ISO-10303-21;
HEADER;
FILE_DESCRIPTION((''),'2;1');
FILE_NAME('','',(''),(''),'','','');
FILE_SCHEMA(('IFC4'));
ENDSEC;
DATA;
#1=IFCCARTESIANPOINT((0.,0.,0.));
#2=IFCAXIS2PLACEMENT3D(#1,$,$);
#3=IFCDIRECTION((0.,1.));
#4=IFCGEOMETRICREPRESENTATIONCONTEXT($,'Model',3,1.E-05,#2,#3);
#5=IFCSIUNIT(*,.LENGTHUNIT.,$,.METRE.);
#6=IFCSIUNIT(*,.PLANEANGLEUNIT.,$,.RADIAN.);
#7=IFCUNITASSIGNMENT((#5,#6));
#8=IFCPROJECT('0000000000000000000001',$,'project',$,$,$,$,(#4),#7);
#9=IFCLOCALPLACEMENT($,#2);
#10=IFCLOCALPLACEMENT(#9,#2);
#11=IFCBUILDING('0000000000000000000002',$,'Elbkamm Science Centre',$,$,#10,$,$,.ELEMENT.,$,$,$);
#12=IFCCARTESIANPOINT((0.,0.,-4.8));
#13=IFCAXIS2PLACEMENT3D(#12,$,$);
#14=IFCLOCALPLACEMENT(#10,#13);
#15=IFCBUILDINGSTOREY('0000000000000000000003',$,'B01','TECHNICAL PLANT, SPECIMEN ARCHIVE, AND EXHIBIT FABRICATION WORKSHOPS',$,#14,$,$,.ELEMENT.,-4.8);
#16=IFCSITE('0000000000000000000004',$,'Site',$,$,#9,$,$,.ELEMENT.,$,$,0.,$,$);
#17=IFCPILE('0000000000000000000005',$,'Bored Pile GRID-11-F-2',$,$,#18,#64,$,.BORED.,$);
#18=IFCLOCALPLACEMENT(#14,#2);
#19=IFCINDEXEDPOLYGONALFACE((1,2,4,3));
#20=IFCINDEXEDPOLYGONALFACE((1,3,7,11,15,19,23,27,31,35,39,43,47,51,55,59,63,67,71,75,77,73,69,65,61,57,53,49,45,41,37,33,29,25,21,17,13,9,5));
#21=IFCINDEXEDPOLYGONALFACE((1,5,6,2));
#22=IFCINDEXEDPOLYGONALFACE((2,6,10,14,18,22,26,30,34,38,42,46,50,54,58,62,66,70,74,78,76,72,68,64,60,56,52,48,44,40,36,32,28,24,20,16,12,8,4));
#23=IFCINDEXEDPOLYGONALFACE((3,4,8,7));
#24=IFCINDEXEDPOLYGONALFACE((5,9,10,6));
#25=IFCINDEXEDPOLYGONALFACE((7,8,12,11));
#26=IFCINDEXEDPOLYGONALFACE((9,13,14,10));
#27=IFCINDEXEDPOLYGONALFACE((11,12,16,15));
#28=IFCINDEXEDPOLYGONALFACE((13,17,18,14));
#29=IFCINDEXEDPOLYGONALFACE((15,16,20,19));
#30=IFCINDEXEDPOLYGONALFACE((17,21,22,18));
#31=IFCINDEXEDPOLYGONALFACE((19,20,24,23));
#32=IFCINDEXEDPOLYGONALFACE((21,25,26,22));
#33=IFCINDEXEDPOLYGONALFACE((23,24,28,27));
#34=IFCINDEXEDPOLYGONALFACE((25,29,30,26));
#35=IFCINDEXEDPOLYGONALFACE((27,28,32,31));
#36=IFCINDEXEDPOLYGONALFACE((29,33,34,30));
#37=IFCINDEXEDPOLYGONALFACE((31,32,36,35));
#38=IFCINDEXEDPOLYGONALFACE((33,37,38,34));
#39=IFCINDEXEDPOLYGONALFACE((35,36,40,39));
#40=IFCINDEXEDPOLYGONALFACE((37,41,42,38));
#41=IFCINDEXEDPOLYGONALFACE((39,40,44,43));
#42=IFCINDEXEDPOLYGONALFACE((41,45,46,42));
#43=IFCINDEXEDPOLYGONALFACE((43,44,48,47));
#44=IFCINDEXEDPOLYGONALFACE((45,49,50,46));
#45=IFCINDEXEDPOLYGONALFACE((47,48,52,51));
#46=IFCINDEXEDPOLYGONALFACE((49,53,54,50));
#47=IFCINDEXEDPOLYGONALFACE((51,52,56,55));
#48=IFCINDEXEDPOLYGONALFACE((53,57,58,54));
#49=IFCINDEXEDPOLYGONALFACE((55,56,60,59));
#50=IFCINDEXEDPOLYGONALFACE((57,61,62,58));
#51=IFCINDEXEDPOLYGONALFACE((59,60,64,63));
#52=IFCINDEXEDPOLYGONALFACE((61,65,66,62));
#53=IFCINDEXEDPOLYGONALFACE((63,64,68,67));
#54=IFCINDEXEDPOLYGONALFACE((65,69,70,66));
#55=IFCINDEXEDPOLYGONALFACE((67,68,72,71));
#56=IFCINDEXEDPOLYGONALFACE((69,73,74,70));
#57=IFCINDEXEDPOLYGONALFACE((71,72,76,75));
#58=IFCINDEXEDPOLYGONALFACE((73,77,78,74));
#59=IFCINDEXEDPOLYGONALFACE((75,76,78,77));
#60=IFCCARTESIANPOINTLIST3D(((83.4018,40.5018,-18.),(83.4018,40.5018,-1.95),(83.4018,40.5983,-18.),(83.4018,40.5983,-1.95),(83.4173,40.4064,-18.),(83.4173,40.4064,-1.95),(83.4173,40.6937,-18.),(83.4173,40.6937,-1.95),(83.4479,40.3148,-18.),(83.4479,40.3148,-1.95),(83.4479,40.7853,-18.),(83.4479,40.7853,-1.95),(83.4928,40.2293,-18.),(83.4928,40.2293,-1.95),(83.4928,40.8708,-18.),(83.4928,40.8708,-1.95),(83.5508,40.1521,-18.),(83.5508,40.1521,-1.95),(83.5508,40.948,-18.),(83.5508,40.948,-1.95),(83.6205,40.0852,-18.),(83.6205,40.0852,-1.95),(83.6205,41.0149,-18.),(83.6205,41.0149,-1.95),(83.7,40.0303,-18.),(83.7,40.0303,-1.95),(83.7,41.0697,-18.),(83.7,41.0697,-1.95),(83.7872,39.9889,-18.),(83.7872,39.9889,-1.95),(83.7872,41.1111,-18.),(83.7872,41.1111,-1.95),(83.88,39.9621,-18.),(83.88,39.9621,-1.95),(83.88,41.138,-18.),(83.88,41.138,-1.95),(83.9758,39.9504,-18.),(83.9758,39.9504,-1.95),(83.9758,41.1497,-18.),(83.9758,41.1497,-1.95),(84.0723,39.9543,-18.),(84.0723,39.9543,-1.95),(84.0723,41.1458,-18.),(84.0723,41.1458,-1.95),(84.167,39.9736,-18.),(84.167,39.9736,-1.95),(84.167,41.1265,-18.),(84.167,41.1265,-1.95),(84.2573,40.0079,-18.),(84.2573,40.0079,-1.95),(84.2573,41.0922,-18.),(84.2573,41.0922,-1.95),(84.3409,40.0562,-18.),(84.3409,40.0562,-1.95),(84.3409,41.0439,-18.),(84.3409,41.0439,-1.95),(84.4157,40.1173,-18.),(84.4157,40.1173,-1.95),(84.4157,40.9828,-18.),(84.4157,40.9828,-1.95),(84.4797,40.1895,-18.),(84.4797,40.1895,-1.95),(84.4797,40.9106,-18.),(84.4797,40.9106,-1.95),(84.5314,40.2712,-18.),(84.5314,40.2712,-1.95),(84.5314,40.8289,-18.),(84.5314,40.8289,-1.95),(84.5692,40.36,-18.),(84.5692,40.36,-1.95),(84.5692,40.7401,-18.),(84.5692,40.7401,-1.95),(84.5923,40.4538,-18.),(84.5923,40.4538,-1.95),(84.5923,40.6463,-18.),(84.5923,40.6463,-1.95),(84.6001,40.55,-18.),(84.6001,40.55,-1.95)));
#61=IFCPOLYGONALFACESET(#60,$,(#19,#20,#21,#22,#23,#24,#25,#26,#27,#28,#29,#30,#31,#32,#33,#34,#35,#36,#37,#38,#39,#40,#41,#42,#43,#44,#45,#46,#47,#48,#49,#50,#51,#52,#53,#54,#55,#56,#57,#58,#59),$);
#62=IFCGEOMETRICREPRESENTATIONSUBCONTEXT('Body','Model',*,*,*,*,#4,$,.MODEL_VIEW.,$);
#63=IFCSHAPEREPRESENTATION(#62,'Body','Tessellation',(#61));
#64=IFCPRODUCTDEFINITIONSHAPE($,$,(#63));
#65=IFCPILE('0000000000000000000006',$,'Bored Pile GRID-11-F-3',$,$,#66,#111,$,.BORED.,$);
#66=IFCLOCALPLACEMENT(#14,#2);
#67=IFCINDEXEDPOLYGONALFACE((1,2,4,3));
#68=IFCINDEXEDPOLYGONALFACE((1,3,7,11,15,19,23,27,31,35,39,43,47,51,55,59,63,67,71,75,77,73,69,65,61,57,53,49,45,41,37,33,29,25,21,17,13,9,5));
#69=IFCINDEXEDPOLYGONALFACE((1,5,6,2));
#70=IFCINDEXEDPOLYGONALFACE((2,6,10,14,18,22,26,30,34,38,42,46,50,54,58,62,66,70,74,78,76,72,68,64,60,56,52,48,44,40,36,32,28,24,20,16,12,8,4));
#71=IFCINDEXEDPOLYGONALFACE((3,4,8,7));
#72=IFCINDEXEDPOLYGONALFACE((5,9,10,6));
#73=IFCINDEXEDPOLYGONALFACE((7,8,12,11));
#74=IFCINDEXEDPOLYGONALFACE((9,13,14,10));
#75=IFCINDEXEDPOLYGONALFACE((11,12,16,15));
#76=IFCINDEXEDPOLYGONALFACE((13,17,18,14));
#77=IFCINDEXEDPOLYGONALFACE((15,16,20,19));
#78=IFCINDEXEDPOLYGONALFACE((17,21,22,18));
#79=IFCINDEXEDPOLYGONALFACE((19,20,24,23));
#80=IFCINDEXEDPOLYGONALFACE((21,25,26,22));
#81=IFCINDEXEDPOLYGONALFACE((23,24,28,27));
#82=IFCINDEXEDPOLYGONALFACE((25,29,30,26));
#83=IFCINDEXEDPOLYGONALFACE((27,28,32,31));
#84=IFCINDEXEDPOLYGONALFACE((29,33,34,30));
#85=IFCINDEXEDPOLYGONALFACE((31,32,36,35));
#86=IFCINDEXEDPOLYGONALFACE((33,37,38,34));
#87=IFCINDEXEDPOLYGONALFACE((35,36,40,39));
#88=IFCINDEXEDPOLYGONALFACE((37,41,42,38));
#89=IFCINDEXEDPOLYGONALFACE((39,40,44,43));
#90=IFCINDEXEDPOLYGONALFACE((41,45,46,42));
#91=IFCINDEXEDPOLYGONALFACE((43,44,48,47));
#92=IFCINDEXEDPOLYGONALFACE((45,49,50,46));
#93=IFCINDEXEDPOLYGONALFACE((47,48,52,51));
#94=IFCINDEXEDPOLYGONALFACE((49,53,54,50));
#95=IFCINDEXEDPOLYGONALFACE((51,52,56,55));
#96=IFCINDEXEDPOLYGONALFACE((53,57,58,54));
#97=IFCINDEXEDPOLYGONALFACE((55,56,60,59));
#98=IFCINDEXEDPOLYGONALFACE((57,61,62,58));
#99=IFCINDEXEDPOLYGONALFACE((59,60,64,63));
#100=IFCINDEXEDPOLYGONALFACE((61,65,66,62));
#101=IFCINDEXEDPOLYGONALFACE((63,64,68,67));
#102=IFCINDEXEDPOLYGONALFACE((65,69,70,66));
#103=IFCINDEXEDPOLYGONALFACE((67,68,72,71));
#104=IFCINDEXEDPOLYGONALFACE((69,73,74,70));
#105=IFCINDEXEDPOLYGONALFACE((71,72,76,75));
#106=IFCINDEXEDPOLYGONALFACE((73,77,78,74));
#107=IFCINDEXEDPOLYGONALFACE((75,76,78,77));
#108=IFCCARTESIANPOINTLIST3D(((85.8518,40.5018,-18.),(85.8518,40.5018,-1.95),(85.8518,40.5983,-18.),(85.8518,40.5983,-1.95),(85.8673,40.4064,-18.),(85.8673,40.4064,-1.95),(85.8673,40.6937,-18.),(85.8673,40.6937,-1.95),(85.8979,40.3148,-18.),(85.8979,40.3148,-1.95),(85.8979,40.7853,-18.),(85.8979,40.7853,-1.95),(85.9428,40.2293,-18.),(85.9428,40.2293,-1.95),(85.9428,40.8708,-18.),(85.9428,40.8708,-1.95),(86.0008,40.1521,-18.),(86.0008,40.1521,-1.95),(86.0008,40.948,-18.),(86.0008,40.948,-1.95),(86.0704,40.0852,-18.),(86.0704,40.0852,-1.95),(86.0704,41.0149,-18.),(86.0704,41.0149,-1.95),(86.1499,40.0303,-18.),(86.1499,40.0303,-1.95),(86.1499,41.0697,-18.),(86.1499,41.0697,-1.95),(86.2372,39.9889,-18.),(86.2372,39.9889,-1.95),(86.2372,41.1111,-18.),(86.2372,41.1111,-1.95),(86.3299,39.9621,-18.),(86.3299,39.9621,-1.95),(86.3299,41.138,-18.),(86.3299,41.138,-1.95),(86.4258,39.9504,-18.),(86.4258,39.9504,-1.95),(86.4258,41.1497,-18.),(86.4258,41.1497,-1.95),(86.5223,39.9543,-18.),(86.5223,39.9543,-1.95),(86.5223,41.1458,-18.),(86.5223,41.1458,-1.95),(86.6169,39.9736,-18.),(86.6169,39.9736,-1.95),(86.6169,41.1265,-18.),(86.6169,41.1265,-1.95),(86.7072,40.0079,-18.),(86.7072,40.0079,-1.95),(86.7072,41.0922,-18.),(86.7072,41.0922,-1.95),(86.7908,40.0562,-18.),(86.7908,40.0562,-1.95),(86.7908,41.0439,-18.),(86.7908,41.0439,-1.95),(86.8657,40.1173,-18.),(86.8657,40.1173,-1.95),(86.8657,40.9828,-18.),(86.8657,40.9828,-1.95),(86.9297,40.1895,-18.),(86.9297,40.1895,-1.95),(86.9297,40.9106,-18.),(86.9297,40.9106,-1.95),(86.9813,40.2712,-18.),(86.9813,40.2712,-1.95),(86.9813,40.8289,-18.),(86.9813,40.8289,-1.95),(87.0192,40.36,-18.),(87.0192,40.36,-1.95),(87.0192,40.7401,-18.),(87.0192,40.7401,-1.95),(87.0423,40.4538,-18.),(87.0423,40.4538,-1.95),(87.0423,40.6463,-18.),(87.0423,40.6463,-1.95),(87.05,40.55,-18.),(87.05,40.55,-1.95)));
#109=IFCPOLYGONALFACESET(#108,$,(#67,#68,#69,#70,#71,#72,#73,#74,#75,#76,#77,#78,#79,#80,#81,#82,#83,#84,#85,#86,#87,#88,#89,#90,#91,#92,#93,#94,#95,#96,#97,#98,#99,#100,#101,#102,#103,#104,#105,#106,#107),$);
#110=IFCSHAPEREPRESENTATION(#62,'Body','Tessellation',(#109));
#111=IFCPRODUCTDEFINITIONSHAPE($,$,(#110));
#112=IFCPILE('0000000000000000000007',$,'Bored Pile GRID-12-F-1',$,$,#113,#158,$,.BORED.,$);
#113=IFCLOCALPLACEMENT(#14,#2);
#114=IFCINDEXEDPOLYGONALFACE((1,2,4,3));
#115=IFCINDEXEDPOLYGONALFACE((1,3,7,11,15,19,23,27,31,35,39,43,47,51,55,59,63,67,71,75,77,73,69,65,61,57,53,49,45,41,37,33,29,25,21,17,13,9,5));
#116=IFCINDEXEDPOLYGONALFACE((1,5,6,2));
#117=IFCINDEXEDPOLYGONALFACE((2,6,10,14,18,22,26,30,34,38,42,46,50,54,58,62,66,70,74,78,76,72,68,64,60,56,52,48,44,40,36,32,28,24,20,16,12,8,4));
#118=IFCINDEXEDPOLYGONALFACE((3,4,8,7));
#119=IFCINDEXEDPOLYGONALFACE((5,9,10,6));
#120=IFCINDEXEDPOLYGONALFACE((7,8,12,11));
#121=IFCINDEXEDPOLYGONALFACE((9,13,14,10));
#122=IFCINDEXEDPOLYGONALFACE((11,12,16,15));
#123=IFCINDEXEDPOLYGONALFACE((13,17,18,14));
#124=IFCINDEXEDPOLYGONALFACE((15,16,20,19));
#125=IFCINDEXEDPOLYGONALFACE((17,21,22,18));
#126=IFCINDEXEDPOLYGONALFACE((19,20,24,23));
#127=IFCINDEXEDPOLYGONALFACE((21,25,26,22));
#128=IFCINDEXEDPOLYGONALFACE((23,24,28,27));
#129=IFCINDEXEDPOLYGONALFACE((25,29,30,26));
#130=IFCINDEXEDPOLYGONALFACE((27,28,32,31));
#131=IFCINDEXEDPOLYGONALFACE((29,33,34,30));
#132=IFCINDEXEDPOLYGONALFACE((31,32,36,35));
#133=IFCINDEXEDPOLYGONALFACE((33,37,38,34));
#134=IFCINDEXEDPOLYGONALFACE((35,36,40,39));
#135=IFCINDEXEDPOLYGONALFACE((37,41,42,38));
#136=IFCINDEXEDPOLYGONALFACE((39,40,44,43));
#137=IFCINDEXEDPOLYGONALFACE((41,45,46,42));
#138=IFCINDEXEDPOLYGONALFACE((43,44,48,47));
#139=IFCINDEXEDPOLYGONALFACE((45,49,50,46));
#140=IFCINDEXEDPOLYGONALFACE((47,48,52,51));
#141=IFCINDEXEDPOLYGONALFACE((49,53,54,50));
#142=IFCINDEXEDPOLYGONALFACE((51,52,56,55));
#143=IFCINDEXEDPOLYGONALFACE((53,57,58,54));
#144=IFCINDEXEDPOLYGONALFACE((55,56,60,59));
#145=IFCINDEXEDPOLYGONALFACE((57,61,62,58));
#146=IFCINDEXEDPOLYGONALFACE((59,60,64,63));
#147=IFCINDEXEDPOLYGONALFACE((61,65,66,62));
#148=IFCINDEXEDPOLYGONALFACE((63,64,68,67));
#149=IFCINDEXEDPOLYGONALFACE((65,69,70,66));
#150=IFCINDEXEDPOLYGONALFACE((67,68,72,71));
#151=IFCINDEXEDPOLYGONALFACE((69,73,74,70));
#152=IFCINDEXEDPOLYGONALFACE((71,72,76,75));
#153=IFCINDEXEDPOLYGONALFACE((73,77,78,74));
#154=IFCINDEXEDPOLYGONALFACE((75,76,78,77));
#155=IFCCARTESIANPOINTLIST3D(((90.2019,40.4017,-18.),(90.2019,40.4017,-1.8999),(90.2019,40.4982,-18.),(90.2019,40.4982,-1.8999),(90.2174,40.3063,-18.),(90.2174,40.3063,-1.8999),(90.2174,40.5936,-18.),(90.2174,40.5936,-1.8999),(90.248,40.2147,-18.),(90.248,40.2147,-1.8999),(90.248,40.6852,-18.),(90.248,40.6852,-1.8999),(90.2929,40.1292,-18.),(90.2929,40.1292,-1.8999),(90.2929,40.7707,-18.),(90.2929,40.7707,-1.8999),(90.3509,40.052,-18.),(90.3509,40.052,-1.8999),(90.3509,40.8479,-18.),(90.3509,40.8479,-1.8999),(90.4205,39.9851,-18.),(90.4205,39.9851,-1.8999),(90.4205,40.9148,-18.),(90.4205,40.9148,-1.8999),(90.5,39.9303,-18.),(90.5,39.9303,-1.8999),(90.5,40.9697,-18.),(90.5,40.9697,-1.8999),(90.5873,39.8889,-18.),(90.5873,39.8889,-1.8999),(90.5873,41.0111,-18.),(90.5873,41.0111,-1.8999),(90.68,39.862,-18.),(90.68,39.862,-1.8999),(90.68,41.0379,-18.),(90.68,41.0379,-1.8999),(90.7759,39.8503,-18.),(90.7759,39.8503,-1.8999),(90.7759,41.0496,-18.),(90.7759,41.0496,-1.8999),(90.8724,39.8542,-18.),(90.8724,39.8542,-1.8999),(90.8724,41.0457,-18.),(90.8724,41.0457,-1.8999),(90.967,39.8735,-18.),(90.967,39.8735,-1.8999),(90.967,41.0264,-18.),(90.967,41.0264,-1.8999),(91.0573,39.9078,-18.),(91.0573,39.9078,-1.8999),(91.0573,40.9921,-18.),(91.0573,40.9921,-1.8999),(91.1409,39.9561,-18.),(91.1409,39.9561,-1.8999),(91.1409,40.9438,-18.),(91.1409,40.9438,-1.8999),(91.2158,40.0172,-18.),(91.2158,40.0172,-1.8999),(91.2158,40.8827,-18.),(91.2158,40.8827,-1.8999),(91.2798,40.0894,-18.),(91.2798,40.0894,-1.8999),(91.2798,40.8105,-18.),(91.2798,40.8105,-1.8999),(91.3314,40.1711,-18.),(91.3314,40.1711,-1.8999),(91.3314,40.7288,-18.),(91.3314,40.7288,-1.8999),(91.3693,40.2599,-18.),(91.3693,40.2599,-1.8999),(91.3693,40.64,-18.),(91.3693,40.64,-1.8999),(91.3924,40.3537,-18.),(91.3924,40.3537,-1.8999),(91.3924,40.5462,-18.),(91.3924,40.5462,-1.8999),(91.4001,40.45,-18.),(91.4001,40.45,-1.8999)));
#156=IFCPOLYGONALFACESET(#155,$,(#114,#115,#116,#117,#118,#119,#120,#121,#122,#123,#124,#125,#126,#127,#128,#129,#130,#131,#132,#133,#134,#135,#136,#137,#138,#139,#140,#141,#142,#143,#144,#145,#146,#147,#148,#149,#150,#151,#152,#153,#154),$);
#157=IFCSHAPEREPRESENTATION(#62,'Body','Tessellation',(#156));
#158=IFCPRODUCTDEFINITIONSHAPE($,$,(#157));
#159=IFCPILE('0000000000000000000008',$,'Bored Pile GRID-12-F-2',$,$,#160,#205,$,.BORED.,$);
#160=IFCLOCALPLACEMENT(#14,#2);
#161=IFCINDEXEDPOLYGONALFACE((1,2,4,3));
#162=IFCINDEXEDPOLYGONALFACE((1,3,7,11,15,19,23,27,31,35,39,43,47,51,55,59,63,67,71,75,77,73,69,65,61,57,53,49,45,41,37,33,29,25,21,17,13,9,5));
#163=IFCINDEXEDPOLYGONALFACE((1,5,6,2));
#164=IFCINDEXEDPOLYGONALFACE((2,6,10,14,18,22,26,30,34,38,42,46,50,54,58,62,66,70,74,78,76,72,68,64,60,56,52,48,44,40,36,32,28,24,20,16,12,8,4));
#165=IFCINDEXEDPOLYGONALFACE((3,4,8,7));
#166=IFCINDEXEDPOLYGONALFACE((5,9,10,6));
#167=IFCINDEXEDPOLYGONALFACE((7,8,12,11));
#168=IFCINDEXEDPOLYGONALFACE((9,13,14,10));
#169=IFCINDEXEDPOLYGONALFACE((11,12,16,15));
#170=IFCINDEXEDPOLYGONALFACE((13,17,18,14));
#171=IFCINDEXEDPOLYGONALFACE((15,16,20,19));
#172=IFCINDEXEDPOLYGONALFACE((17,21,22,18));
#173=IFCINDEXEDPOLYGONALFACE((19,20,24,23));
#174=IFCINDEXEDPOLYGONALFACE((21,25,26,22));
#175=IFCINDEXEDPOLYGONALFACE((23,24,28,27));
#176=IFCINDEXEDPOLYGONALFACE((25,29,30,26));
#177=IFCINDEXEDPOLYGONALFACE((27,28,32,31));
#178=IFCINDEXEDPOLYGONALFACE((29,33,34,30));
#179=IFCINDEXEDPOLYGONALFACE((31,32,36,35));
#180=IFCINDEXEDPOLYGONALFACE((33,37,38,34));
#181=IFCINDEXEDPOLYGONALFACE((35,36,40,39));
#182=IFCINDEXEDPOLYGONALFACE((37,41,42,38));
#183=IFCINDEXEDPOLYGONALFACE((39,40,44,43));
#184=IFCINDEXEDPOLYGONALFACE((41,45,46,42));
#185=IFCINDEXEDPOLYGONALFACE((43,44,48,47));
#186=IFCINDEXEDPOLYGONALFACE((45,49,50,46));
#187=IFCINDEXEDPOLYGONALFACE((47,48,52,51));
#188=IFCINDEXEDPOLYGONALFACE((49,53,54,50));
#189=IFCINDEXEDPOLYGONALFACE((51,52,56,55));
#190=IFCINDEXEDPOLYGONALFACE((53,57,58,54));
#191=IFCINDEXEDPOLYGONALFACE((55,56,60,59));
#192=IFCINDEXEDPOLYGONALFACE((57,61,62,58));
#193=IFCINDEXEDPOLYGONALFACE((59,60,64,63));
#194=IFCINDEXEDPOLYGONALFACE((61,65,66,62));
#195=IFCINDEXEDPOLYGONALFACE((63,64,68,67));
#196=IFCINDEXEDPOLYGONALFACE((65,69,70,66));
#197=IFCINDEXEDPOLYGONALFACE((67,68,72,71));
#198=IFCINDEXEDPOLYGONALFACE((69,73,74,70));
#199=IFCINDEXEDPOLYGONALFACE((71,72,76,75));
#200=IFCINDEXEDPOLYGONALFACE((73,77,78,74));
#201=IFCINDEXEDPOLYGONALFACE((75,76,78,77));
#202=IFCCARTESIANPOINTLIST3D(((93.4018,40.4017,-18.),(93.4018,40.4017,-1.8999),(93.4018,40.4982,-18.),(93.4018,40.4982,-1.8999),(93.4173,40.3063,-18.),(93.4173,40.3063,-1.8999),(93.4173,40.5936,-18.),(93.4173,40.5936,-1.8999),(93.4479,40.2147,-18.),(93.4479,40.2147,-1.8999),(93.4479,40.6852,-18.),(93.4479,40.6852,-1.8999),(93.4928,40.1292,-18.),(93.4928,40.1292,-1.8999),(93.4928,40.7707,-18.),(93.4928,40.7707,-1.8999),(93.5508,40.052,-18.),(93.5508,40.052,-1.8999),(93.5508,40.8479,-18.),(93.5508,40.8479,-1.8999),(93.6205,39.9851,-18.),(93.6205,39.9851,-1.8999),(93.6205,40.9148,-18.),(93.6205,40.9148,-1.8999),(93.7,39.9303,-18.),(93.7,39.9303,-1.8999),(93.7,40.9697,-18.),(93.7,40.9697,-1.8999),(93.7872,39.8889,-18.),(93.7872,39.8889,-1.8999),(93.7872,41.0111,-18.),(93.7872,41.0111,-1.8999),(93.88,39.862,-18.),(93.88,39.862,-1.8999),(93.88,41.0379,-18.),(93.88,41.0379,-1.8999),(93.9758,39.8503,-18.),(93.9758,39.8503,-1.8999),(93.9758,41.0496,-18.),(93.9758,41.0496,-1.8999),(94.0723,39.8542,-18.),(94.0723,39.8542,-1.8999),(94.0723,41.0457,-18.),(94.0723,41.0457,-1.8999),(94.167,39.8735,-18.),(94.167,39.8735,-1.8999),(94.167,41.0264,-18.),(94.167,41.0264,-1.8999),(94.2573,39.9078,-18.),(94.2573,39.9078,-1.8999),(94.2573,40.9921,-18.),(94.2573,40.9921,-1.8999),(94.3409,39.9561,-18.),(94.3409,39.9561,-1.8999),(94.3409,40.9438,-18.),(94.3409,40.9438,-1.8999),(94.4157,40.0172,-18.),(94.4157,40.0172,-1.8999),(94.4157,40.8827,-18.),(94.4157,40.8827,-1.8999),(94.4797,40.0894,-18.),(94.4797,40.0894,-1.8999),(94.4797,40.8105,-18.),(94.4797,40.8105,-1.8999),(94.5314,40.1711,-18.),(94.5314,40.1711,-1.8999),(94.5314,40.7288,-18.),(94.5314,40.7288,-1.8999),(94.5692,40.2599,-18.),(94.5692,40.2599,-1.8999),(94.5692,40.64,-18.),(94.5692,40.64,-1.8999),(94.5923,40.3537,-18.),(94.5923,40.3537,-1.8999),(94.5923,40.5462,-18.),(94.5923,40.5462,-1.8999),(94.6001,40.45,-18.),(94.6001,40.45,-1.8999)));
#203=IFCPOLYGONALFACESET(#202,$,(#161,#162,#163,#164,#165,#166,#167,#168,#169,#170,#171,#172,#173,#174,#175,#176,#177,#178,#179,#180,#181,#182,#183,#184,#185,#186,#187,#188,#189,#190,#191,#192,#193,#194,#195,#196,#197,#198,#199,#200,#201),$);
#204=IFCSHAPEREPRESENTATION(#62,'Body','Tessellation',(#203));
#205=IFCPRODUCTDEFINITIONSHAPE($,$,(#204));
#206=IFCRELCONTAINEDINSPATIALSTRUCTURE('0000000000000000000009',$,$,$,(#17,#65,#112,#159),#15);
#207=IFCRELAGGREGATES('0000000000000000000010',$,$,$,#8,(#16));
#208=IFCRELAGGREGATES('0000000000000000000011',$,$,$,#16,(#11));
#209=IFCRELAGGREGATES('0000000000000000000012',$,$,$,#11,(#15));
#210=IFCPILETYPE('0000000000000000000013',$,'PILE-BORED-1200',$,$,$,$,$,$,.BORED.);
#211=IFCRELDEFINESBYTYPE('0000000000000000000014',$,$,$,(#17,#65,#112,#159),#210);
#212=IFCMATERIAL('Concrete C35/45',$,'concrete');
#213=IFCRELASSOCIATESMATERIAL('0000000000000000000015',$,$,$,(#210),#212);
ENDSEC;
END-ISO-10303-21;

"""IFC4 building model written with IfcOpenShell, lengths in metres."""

from ifc_helpers import new_model, si_unit, direction, frame, origin, origin_2d, place, context, subcontext, project, spatial, circle, extrude, material, material_profile, profile_set, type_object, element, save


model = new_model("IFC4")

# Units and contexts
model_context = context("Model", 3, precision=1e-05, world=origin(), true_north=direction((0.0, 1.0)))
body_context = subcontext(model_context, "Body", "Model", "MODEL_VIEW")
ifc_project = project(units=[si_unit("LENGTHUNIT", "METRE"), si_unit("PLANEANGLEUNIT", "RADIAN")], contexts=[model_context])

# Site, building, storey
site_placement = place(None, origin())
site = spatial("IfcSite", under=ifc_project, at=site_placement, Name="Site", CompositionType="ELEMENT", RefElevation=0.0)
building_placement = place(site_placement, origin())
building = spatial("IfcBuilding", under=site, at=building_placement, Name="Elbkamm Science Centre", CompositionType="ELEMENT")
storey_placement = place(building_placement, frame((0.0, 0.0, -4.8)))
storey = spatial("IfcBuildingStorey", under=building, at=storey_placement, Name="B01", Description="TECHNICAL PLANT, SPECIMEN ARCHIVE, AND EXHIBIT FABRICATION WORKSHOPS", CompositionType="ELEMENT", Elevation=-4.8)

# Shared definitions
ifc_material_1 = material(Name="Concrete C35/45", Category="concrete")

# Piles
ifc_material_profile_1 = material_profile(ifc_material_1, circle(Radius=0.6001, at=origin_2d()), Name="PILE D1200")
ifc_profile_set_1 = profile_set([ifc_material_profile_1], Name="Concrete C35/45")
pile_type_1 = type_object("IfcPileType", Name="PILE-BORED-1200", PredefinedType="BORED", material=ifc_profile_set_1)
for number, where, z_axis, x_axis, name in (
    (1, (84.0, 40.55, -1.95), (0.0, 0.0, -1.0), (1.0, 0.0, 0.0), "Bored Pile GRID-11-F-2"),
    (2, (86.45, 40.55, -1.95), (0.0, 0.0, -1.0), (1.0, 0.0, 0.0), "Bored Pile GRID-11-F-3"),
):
    element("IfcPile", number, at=place(storey_placement, frame(where, z_axis=z_axis, x_axis=x_axis)), inside=storey, type_object=pile_type_1, Name=name, PredefinedType="BORED", context=body_context, shape_type="SweptSolid", body=[
        extrude(circle(Radius=0.6001, at=origin_2d()), origin(), (0.0, 0.0, 1.0), 16.05),
    ])
for number, where, z_axis, x_axis, name in (
    (3, (90.8, 40.45, -1.8999), (0.0, 0.0, -1.0), (1.0, 0.0, 0.0), "Bored Pile GRID-12-F-1"),
    (4, (94.0, 40.45, -1.8999), (0.0, 0.0, -1.0), (1.0, 0.0, 0.0), "Bored Pile GRID-12-F-2"),
):
    element("IfcPile", number, at=place(storey_placement, frame(where, z_axis=z_axis, x_axis=x_axis)), inside=storey, type_object=pile_type_1, Name=name, PredefinedType="BORED", context=body_context, shape_type="SweptSolid", body=[
        extrude(circle(Radius=0.6001, at=origin_2d()), origin(), (0.0, 0.0, 1.0), 16.1001),
    ])

save(model, "model.ifc")
